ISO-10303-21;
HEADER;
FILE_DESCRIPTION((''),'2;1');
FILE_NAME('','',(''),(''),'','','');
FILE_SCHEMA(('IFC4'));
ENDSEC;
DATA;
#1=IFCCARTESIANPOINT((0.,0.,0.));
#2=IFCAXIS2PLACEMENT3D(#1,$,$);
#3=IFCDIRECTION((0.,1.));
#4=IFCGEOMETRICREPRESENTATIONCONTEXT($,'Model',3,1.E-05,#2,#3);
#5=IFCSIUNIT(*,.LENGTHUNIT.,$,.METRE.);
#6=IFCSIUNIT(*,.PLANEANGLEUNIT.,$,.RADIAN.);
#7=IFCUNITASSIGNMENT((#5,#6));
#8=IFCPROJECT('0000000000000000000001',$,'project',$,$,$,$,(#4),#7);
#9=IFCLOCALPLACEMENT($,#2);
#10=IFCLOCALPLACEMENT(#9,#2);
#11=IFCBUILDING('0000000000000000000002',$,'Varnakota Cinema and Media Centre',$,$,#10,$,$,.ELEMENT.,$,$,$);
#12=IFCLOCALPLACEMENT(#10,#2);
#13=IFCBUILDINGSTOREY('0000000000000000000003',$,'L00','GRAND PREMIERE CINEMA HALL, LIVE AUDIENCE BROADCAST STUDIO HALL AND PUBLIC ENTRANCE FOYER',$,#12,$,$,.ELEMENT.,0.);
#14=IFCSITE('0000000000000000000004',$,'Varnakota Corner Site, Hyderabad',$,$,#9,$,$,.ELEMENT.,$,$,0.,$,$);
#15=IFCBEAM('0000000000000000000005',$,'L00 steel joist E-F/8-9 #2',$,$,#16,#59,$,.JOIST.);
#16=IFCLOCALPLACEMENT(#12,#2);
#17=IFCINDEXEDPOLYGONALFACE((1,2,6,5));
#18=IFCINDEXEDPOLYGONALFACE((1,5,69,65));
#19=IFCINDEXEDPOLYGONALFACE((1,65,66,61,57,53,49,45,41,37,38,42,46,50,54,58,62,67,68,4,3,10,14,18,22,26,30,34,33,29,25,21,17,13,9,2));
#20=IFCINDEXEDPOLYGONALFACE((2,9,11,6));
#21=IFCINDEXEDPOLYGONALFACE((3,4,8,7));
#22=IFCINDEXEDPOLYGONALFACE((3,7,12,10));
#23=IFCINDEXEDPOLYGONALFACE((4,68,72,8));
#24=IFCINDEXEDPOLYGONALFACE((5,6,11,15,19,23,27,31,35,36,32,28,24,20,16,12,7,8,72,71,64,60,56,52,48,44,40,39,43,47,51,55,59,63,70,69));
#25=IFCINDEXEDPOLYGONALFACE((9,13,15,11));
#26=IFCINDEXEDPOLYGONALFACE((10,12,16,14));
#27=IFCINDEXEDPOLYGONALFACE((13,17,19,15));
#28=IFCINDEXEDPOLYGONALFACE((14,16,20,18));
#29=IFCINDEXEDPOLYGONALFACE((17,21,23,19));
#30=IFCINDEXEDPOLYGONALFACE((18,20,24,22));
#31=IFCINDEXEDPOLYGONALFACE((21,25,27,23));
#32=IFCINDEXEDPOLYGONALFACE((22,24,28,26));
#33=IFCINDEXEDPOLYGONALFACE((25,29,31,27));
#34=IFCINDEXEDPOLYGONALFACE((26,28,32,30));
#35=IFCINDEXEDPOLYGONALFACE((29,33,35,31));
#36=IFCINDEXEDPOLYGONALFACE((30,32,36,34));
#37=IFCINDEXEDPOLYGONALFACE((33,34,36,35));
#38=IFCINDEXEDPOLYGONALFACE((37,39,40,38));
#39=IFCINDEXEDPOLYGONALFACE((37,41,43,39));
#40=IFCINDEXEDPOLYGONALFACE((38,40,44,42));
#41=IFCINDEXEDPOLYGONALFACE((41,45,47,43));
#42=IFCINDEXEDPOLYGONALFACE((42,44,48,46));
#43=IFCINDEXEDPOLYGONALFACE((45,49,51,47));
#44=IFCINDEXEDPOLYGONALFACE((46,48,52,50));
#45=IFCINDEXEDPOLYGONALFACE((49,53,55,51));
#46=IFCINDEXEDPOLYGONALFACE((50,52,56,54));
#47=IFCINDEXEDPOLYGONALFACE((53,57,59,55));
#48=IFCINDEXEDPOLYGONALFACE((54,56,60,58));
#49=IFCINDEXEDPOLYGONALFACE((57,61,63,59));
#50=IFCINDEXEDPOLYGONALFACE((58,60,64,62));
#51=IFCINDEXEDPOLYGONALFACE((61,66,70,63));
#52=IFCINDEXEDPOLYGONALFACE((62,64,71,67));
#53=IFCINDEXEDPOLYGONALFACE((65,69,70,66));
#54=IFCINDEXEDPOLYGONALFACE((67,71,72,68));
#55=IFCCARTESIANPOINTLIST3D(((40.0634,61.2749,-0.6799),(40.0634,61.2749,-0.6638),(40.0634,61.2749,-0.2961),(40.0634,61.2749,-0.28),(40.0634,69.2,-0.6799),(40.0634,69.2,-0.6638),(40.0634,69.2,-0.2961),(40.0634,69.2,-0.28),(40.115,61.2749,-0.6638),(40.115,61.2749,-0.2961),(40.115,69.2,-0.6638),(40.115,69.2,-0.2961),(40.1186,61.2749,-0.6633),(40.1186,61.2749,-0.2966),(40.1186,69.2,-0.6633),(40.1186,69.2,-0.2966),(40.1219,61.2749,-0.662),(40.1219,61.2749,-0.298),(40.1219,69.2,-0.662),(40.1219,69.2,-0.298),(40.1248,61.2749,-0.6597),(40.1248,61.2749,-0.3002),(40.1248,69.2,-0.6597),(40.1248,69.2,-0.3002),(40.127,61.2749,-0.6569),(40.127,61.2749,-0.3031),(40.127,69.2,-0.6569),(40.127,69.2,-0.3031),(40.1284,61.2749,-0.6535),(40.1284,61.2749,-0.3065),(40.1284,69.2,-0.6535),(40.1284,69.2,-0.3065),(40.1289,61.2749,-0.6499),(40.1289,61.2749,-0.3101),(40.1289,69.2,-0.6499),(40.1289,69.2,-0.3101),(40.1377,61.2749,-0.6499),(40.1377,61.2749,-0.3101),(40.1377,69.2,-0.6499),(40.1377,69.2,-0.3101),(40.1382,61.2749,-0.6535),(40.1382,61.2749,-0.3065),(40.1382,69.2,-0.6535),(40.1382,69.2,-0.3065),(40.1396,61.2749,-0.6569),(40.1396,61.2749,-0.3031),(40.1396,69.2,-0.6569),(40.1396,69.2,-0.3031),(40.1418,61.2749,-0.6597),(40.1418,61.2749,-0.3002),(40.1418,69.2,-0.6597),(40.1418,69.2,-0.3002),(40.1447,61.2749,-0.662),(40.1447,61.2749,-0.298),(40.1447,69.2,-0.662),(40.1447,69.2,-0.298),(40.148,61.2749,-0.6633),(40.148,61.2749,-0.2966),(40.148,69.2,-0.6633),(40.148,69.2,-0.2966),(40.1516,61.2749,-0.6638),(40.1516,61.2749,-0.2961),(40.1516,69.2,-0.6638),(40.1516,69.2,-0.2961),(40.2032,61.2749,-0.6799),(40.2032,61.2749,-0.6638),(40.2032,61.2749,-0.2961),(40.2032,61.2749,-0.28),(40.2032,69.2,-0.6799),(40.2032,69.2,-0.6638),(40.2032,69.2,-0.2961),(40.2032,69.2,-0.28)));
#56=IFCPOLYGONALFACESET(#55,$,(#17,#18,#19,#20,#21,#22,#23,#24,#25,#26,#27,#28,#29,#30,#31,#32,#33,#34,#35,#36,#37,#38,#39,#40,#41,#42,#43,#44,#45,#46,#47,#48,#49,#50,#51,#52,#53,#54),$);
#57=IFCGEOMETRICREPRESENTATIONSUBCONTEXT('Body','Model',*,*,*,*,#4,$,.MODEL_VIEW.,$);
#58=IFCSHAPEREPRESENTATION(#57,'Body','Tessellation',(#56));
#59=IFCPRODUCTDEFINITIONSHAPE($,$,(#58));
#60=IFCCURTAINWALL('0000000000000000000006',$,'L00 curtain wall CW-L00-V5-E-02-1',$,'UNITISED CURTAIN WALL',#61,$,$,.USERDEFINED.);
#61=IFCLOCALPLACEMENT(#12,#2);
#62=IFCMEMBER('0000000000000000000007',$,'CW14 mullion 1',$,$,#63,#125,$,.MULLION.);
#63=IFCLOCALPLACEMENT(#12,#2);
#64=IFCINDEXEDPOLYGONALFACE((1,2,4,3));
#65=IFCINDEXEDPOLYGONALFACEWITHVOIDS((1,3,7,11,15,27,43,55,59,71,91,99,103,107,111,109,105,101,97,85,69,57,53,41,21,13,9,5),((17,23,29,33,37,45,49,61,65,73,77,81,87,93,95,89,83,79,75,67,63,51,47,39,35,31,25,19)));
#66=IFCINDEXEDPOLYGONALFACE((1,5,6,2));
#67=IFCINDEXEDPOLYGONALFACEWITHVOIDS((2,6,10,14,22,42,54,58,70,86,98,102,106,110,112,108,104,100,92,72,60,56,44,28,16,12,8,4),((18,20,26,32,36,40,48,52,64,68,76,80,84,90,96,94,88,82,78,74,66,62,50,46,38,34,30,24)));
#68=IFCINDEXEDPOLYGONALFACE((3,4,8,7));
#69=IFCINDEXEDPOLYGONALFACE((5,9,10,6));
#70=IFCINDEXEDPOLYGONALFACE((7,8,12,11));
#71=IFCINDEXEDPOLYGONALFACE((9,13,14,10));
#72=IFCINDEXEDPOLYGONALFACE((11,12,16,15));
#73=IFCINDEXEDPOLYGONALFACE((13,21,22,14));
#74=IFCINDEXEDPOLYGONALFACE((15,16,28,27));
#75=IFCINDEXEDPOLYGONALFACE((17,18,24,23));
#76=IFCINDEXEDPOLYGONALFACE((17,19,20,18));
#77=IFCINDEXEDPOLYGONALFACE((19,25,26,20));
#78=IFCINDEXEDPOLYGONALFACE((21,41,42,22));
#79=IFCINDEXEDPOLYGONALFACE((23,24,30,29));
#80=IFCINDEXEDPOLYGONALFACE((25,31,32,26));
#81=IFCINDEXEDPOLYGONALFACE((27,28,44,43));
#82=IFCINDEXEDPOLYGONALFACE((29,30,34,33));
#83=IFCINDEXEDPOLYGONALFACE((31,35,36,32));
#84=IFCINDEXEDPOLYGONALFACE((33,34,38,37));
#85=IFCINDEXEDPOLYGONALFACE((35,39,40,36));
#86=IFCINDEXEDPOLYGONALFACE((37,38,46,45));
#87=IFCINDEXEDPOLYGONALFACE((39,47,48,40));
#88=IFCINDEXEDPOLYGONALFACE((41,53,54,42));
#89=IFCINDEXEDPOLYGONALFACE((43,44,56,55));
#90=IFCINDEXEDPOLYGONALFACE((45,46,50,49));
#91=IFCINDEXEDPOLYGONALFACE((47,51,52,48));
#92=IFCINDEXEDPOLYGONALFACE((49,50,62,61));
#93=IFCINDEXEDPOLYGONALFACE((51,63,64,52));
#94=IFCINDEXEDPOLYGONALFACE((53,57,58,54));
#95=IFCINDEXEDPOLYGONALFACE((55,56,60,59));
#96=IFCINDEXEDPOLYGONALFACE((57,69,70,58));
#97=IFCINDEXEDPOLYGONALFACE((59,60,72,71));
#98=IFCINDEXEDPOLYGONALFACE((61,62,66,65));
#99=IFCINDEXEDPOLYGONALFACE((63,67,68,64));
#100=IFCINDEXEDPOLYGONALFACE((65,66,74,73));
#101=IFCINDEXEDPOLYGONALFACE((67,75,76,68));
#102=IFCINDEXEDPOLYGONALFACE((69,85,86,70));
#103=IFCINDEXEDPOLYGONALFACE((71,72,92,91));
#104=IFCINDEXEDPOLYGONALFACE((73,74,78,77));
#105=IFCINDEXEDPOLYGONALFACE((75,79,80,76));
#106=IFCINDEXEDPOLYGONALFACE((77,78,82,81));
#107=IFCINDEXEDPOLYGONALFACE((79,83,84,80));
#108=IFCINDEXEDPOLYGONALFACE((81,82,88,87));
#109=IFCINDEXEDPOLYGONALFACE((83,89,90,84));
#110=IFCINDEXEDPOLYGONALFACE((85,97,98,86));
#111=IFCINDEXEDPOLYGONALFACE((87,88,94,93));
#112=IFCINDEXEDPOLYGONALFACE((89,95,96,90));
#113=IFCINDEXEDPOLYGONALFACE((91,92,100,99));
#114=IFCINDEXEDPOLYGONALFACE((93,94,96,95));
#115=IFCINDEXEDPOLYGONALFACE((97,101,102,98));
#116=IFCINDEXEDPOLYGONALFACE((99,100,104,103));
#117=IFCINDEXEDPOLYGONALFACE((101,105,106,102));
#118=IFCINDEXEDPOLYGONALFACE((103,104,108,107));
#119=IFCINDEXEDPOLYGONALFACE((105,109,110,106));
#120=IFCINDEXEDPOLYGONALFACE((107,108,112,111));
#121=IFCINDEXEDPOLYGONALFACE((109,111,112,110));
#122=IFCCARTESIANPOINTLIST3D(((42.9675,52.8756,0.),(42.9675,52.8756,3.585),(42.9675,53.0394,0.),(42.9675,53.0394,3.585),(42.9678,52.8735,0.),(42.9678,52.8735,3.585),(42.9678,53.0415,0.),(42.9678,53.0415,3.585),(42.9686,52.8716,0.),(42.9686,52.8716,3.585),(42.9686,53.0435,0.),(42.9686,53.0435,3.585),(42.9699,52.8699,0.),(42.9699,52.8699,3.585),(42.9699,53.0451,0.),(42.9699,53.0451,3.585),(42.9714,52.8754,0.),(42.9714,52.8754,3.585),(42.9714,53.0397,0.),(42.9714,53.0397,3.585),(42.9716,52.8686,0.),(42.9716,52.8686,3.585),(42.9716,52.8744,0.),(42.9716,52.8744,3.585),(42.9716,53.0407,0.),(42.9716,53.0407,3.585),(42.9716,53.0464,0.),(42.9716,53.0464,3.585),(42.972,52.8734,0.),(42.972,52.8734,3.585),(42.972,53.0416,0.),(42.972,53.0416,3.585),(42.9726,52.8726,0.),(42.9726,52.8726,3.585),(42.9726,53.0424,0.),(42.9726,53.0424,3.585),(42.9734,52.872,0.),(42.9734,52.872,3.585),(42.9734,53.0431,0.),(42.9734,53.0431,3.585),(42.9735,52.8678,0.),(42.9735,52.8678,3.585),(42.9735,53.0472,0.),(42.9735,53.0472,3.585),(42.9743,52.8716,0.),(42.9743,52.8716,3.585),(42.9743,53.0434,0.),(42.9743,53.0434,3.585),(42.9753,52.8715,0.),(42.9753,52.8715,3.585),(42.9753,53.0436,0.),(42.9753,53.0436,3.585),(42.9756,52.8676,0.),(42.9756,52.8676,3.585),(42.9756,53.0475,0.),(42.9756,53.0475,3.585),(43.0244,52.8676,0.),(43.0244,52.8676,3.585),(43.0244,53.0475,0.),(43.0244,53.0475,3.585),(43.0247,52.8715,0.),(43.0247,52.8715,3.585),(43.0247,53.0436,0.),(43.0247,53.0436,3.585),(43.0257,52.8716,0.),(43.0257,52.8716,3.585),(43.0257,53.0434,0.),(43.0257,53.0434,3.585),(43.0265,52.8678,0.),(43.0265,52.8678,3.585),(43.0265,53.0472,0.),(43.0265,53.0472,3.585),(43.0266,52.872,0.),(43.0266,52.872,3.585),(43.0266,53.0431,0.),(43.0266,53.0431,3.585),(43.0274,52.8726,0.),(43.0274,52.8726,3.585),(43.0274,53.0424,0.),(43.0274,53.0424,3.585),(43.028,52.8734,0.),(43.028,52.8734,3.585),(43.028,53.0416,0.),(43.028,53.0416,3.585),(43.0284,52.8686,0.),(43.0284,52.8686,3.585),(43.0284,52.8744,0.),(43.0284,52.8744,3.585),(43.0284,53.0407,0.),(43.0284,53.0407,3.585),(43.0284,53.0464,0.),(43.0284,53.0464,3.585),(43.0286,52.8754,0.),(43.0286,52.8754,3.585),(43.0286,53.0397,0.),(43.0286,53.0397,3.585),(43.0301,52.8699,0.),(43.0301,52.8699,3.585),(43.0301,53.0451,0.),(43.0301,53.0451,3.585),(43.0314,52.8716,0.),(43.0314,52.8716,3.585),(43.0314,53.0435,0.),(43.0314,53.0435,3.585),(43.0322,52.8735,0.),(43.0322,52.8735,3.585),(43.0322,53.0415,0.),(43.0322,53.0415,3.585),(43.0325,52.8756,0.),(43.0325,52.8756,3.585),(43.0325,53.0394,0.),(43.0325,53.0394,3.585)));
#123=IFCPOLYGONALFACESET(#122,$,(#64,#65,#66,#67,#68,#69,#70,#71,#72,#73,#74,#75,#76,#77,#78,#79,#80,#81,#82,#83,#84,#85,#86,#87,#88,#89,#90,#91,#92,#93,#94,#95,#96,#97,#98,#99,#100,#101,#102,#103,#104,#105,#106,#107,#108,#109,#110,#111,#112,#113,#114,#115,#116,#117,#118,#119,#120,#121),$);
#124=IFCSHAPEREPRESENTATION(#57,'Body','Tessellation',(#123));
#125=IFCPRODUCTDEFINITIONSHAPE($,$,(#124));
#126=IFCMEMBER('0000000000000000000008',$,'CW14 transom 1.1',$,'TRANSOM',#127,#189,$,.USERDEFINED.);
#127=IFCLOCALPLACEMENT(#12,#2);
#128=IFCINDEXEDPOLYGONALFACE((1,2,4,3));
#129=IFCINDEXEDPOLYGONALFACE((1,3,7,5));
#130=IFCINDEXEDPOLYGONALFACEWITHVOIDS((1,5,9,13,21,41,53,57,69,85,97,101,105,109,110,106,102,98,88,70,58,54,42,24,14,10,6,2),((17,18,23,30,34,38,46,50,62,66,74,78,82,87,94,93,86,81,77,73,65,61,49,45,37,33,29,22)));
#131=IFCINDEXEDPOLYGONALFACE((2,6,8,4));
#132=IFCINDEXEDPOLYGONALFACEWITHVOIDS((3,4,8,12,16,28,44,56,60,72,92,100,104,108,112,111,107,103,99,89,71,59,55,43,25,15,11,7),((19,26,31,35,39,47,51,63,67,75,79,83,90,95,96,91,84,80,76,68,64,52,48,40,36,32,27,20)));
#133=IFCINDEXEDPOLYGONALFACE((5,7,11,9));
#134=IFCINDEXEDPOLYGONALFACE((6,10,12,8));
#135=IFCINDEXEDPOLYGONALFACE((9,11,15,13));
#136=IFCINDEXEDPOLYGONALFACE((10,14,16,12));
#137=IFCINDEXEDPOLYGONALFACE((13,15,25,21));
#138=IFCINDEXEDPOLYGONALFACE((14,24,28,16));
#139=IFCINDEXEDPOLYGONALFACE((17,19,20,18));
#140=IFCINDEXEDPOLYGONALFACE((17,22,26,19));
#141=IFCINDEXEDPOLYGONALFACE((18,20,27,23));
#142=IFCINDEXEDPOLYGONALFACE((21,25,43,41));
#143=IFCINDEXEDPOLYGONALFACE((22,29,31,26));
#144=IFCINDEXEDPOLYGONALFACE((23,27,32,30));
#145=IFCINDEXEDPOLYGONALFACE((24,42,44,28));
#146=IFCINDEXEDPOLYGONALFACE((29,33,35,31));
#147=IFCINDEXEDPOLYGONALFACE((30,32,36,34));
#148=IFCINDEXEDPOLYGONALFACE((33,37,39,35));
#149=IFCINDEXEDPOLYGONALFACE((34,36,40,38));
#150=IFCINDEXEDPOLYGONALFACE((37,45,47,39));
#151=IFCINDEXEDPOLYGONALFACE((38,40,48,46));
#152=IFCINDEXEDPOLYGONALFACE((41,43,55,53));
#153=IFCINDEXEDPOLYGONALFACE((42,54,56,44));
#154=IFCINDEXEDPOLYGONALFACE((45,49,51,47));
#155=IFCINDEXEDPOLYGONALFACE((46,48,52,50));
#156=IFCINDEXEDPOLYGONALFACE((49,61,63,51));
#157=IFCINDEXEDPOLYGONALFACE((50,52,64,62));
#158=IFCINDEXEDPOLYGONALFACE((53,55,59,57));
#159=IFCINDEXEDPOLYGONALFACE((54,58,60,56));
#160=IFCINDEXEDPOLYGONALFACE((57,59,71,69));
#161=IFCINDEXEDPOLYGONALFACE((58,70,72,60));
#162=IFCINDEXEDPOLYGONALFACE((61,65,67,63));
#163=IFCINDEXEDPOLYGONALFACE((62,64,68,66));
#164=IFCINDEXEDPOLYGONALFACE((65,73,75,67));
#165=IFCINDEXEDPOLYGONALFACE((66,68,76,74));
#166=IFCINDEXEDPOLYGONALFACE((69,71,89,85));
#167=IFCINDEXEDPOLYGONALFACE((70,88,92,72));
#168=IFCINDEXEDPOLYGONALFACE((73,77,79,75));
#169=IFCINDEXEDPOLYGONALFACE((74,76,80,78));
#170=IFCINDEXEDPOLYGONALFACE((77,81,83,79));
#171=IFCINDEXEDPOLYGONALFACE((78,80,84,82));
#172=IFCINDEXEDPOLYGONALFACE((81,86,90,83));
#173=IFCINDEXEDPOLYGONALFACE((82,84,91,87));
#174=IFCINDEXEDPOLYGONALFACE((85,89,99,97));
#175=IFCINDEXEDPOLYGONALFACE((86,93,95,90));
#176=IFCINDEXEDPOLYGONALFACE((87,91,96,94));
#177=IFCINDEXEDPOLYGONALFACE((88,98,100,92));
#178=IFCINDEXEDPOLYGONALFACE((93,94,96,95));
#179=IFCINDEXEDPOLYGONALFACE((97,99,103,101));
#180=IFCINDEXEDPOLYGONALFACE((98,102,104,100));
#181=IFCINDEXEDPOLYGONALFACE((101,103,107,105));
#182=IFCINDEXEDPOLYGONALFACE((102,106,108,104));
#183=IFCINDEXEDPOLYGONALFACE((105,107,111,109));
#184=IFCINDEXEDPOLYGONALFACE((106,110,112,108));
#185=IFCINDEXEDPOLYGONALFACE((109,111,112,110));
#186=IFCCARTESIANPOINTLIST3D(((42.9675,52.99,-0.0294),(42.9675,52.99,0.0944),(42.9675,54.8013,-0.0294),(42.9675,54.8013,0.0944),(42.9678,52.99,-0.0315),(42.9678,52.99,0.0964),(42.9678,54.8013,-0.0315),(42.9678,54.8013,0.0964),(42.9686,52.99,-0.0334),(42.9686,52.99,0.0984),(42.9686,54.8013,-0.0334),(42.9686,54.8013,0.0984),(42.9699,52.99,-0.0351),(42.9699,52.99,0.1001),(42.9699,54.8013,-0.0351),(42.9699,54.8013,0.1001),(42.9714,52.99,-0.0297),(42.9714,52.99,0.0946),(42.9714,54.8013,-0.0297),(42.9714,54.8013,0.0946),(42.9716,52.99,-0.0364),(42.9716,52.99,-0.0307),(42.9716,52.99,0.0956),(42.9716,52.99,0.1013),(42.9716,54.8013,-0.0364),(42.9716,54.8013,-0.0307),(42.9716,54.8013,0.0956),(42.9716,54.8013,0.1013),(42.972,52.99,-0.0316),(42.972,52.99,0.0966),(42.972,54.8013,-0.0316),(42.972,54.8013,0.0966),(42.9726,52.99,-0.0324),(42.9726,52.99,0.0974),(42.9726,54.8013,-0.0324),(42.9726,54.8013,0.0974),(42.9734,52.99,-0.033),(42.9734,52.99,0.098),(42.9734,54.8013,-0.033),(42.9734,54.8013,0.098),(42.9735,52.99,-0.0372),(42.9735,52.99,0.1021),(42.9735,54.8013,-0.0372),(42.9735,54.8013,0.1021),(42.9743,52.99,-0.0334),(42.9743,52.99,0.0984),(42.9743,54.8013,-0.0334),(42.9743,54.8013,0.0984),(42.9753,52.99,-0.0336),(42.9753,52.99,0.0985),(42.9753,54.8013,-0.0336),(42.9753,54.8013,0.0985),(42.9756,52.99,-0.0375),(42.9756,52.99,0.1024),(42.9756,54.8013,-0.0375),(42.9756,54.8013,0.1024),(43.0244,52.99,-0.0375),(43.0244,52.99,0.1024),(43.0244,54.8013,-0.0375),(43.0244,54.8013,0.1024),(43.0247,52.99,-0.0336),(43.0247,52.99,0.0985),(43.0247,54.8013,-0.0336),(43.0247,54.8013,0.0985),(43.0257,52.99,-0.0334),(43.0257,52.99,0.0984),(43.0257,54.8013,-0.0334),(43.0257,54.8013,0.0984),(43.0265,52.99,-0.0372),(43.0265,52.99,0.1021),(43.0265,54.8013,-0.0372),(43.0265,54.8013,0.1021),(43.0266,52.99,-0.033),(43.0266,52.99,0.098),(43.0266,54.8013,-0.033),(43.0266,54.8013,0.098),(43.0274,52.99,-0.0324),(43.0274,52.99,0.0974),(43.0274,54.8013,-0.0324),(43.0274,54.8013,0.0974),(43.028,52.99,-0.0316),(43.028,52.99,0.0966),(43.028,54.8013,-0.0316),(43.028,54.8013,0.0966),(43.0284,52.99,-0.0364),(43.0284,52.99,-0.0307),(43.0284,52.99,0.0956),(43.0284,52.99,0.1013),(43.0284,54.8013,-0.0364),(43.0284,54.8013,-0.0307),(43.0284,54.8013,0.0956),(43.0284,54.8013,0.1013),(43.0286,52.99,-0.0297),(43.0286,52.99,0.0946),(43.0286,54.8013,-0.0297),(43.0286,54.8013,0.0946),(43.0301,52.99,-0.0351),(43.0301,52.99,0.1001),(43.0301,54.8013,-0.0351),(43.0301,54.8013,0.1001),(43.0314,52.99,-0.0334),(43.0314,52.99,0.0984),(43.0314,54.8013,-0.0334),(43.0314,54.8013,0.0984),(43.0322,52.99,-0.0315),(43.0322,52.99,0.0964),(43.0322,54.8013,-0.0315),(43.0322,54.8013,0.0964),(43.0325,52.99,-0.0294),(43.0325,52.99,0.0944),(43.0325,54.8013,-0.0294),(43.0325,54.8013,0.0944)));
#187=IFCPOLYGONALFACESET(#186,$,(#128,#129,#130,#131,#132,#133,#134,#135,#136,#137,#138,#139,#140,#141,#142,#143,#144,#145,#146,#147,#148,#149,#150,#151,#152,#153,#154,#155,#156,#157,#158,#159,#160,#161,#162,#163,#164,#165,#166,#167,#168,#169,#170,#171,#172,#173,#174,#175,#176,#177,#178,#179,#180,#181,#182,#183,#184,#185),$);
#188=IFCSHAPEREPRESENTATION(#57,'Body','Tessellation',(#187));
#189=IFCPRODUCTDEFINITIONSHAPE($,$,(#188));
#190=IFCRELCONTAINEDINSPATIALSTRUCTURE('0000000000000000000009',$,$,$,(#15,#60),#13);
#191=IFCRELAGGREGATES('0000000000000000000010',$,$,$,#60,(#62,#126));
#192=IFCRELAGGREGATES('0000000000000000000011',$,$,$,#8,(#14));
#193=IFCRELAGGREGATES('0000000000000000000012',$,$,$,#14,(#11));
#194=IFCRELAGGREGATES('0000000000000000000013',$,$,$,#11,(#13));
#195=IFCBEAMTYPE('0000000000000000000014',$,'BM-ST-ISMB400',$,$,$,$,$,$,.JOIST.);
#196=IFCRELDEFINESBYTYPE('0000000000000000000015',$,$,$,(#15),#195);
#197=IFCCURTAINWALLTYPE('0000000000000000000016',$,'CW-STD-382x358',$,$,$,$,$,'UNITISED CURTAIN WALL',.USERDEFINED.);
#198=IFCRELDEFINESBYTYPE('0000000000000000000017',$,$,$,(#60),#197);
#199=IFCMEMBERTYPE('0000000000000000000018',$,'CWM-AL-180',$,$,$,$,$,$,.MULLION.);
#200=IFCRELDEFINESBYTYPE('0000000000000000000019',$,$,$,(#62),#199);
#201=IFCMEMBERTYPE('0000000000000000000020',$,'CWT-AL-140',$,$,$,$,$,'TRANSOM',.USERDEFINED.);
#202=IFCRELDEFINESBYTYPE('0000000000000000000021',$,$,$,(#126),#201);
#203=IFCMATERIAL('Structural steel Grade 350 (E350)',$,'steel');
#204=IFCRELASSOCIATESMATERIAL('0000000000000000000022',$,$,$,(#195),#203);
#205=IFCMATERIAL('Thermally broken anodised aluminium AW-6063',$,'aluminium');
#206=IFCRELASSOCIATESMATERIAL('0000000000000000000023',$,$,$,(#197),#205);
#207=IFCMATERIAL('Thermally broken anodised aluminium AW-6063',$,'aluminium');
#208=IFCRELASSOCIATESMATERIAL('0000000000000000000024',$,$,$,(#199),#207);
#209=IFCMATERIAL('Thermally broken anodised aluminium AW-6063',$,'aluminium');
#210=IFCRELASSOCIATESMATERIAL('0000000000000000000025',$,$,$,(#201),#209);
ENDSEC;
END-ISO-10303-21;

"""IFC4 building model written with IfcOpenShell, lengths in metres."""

from ifc_helpers import new_model, si_unit, direction, frame, origin, origin_2d, place, context, subcontext, project, spatial, hollow_rectangle, i_section, extrude, material, material_profile, profile_set, type_object, element, aggregate, save


model = new_model("IFC4")

# Units and contexts
model_context = context("Model", 3, precision=1e-05, world=origin(), true_north=direction((0.0, 1.0)))
body_context = subcontext(model_context, "Body", "Model", "MODEL_VIEW")
ifc_project = project(units=[si_unit("LENGTHUNIT", "METRE"), si_unit("PLANEANGLEUNIT", "RADIAN")], contexts=[model_context])

# Site, building, storey
site_placement = place(None, origin())
site = spatial("IfcSite", under=ifc_project, at=site_placement, Name="Varnakota Corner Site, Hyderabad", CompositionType="ELEMENT", RefElevation=0.0)
building_placement = place(site_placement, origin())
building = spatial("IfcBuilding", under=site, at=building_placement, Name="Varnakota Cinema and Media Centre", CompositionType="ELEMENT")
storey_placement = place(building_placement, origin())
storey = spatial("IfcBuildingStorey", under=building, at=storey_placement, Name="L00", Description="GRAND PREMIERE CINEMA HALL, LIVE AUDIENCE BROADCAST STUDIO HALL AND PUBLIC ENTRANCE FOYER", CompositionType="ELEMENT", Elevation=0.0)

# Beam
ifc_material_1 = material(Name="Structural steel Grade 350 (E350)", Category="steel")
ifc_material_profile_1 = material_profile(ifc_material_1, i_section(OverallWidth=0.1399, OverallDepth=0.3999, WebThickness=0.0088, FlangeThickness=0.0161, FilletRadius=0.0139, at=origin_2d()), Name="ISMB 400")
ifc_profile_set_1 = profile_set([ifc_material_profile_1], Name="Structural steel Grade 350 (E350)")
beam_type_1 = type_object("IfcBeamType", Name="BM-ST-ISMB400", PredefinedType="JOIST", material=ifc_profile_set_1)
for number, where, z_axis, x_axis, name in (
    (1, (40.1333, 61.2749, -0.48), (0.0, 1.0, 0.0), (-1.0, 0.0, 0.0), "L00 steel joist E-F/8-9 #2"),
):
    element("IfcBeam", number, at=place(storey_placement, frame(where, z_axis=z_axis, x_axis=x_axis)), inside=storey, type_object=beam_type_1, Name=name, PredefinedType="JOIST", context=body_context, shape_type="SweptSolid", body=[
        extrude(i_section(OverallWidth=0.1399, OverallDepth=0.3999, WebThickness=0.0088, FlangeThickness=0.0161, FilletRadius=0.0139, at=origin_2d()), origin(), (0.0, 0.0, 1.0), 7.925),
    ])

# Curtain wall, members
ifc_material_2 = material(Name="Thermally broken anodised aluminium AW-6063", Category="aluminium")
curtain_wall_type = type_object("IfcCurtainWallType", Name="CW-STD-382x358", ElementType="UNITISED CURTAIN WALL", PredefinedType="USERDEFINED", material=ifc_material_2)
curtain_wall_placement = place(storey_placement, origin())
curtain_wall = element("IfcCurtainWall", 2, at=curtain_wall_placement, inside=storey, type_object=curtain_wall_type, Name="L00 curtain wall CW-L00-V5-E-02-1", ObjectType="UNITISED CURTAIN WALL", PredefinedType="USERDEFINED")
ifc_material_3 = material(Name="Thermally broken anodised aluminium AW-6063", Category="aluminium")
ifc_material_profile_2 = material_profile(ifc_material_3, hollow_rectangle(XDim=0.0649, YDim=0.1799, WallThickness=0.0039, InnerFilletRadius=0.0039, OuterFilletRadius=0.0081, at=origin_2d()), Name="AL-MULLION 180x65x4")
ifc_profile_set_2 = profile_set([ifc_material_profile_2], Name="Thermally broken anodised aluminium AW-6063")
member_type_1 = type_object("IfcMemberType", Name="CWM-AL-180", PredefinedType="MULLION", material=ifc_profile_set_2)
member_1_placement = place(storey_placement, frame((43.0, 52.9575, 0.0), z_axis=(0.0, 0.0, 1.0), x_axis=(-1.0, 0.0, 0.0)))
member_1 = element("IfcMember", 3, at=member_1_placement, type_object=member_type_1, Name="CW14 mullion 1", PredefinedType="MULLION", context=body_context, shape_type="SweptSolid", body=[
    extrude(hollow_rectangle(XDim=0.0649, YDim=0.1799, WallThickness=0.0039, InnerFilletRadius=0.0039, OuterFilletRadius=0.0081, at=origin_2d()), origin(), (0.0, 0.0, 1.0), 3.585),
])
ifc_material_4 = material(Name="Thermally broken anodised aluminium AW-6063", Category="aluminium")
ifc_material_profile_3 = material_profile(ifc_material_4, hollow_rectangle(XDim=0.0649, YDim=0.1399, WallThickness=0.0039, InnerFilletRadius=0.0039, OuterFilletRadius=0.0081, at=origin_2d()), Name="AL-TRANSOM 140x65x4")
ifc_profile_set_3 = profile_set([ifc_material_profile_3], Name="Thermally broken anodised aluminium AW-6063")
member_type_2 = type_object("IfcMemberType", Name="CWT-AL-140", ElementType="TRANSOM", PredefinedType="USERDEFINED", material=ifc_profile_set_3)
member_2_placement = place(storey_placement, frame((43.0, 52.99, 0.0325), z_axis=(0.0, 1.0, 0.0), x_axis=(-1.0, 0.0, 0.0)))
member_2 = element("IfcMember", 4, at=member_2_placement, type_object=member_type_2, Name="CW14 transom 1.1", ObjectType="TRANSOM", PredefinedType="USERDEFINED", context=body_context, shape_type="SweptSolid", body=[
    extrude(hollow_rectangle(XDim=0.0649, YDim=0.1399, WallThickness=0.0039, InnerFilletRadius=0.0039, OuterFilletRadius=0.0081, at=origin_2d()), origin(), (0.0, 0.0, 1.0), 1.8113),
])
aggregate(curtain_wall, [member_1, member_2])

save(model, "model.ifc")
